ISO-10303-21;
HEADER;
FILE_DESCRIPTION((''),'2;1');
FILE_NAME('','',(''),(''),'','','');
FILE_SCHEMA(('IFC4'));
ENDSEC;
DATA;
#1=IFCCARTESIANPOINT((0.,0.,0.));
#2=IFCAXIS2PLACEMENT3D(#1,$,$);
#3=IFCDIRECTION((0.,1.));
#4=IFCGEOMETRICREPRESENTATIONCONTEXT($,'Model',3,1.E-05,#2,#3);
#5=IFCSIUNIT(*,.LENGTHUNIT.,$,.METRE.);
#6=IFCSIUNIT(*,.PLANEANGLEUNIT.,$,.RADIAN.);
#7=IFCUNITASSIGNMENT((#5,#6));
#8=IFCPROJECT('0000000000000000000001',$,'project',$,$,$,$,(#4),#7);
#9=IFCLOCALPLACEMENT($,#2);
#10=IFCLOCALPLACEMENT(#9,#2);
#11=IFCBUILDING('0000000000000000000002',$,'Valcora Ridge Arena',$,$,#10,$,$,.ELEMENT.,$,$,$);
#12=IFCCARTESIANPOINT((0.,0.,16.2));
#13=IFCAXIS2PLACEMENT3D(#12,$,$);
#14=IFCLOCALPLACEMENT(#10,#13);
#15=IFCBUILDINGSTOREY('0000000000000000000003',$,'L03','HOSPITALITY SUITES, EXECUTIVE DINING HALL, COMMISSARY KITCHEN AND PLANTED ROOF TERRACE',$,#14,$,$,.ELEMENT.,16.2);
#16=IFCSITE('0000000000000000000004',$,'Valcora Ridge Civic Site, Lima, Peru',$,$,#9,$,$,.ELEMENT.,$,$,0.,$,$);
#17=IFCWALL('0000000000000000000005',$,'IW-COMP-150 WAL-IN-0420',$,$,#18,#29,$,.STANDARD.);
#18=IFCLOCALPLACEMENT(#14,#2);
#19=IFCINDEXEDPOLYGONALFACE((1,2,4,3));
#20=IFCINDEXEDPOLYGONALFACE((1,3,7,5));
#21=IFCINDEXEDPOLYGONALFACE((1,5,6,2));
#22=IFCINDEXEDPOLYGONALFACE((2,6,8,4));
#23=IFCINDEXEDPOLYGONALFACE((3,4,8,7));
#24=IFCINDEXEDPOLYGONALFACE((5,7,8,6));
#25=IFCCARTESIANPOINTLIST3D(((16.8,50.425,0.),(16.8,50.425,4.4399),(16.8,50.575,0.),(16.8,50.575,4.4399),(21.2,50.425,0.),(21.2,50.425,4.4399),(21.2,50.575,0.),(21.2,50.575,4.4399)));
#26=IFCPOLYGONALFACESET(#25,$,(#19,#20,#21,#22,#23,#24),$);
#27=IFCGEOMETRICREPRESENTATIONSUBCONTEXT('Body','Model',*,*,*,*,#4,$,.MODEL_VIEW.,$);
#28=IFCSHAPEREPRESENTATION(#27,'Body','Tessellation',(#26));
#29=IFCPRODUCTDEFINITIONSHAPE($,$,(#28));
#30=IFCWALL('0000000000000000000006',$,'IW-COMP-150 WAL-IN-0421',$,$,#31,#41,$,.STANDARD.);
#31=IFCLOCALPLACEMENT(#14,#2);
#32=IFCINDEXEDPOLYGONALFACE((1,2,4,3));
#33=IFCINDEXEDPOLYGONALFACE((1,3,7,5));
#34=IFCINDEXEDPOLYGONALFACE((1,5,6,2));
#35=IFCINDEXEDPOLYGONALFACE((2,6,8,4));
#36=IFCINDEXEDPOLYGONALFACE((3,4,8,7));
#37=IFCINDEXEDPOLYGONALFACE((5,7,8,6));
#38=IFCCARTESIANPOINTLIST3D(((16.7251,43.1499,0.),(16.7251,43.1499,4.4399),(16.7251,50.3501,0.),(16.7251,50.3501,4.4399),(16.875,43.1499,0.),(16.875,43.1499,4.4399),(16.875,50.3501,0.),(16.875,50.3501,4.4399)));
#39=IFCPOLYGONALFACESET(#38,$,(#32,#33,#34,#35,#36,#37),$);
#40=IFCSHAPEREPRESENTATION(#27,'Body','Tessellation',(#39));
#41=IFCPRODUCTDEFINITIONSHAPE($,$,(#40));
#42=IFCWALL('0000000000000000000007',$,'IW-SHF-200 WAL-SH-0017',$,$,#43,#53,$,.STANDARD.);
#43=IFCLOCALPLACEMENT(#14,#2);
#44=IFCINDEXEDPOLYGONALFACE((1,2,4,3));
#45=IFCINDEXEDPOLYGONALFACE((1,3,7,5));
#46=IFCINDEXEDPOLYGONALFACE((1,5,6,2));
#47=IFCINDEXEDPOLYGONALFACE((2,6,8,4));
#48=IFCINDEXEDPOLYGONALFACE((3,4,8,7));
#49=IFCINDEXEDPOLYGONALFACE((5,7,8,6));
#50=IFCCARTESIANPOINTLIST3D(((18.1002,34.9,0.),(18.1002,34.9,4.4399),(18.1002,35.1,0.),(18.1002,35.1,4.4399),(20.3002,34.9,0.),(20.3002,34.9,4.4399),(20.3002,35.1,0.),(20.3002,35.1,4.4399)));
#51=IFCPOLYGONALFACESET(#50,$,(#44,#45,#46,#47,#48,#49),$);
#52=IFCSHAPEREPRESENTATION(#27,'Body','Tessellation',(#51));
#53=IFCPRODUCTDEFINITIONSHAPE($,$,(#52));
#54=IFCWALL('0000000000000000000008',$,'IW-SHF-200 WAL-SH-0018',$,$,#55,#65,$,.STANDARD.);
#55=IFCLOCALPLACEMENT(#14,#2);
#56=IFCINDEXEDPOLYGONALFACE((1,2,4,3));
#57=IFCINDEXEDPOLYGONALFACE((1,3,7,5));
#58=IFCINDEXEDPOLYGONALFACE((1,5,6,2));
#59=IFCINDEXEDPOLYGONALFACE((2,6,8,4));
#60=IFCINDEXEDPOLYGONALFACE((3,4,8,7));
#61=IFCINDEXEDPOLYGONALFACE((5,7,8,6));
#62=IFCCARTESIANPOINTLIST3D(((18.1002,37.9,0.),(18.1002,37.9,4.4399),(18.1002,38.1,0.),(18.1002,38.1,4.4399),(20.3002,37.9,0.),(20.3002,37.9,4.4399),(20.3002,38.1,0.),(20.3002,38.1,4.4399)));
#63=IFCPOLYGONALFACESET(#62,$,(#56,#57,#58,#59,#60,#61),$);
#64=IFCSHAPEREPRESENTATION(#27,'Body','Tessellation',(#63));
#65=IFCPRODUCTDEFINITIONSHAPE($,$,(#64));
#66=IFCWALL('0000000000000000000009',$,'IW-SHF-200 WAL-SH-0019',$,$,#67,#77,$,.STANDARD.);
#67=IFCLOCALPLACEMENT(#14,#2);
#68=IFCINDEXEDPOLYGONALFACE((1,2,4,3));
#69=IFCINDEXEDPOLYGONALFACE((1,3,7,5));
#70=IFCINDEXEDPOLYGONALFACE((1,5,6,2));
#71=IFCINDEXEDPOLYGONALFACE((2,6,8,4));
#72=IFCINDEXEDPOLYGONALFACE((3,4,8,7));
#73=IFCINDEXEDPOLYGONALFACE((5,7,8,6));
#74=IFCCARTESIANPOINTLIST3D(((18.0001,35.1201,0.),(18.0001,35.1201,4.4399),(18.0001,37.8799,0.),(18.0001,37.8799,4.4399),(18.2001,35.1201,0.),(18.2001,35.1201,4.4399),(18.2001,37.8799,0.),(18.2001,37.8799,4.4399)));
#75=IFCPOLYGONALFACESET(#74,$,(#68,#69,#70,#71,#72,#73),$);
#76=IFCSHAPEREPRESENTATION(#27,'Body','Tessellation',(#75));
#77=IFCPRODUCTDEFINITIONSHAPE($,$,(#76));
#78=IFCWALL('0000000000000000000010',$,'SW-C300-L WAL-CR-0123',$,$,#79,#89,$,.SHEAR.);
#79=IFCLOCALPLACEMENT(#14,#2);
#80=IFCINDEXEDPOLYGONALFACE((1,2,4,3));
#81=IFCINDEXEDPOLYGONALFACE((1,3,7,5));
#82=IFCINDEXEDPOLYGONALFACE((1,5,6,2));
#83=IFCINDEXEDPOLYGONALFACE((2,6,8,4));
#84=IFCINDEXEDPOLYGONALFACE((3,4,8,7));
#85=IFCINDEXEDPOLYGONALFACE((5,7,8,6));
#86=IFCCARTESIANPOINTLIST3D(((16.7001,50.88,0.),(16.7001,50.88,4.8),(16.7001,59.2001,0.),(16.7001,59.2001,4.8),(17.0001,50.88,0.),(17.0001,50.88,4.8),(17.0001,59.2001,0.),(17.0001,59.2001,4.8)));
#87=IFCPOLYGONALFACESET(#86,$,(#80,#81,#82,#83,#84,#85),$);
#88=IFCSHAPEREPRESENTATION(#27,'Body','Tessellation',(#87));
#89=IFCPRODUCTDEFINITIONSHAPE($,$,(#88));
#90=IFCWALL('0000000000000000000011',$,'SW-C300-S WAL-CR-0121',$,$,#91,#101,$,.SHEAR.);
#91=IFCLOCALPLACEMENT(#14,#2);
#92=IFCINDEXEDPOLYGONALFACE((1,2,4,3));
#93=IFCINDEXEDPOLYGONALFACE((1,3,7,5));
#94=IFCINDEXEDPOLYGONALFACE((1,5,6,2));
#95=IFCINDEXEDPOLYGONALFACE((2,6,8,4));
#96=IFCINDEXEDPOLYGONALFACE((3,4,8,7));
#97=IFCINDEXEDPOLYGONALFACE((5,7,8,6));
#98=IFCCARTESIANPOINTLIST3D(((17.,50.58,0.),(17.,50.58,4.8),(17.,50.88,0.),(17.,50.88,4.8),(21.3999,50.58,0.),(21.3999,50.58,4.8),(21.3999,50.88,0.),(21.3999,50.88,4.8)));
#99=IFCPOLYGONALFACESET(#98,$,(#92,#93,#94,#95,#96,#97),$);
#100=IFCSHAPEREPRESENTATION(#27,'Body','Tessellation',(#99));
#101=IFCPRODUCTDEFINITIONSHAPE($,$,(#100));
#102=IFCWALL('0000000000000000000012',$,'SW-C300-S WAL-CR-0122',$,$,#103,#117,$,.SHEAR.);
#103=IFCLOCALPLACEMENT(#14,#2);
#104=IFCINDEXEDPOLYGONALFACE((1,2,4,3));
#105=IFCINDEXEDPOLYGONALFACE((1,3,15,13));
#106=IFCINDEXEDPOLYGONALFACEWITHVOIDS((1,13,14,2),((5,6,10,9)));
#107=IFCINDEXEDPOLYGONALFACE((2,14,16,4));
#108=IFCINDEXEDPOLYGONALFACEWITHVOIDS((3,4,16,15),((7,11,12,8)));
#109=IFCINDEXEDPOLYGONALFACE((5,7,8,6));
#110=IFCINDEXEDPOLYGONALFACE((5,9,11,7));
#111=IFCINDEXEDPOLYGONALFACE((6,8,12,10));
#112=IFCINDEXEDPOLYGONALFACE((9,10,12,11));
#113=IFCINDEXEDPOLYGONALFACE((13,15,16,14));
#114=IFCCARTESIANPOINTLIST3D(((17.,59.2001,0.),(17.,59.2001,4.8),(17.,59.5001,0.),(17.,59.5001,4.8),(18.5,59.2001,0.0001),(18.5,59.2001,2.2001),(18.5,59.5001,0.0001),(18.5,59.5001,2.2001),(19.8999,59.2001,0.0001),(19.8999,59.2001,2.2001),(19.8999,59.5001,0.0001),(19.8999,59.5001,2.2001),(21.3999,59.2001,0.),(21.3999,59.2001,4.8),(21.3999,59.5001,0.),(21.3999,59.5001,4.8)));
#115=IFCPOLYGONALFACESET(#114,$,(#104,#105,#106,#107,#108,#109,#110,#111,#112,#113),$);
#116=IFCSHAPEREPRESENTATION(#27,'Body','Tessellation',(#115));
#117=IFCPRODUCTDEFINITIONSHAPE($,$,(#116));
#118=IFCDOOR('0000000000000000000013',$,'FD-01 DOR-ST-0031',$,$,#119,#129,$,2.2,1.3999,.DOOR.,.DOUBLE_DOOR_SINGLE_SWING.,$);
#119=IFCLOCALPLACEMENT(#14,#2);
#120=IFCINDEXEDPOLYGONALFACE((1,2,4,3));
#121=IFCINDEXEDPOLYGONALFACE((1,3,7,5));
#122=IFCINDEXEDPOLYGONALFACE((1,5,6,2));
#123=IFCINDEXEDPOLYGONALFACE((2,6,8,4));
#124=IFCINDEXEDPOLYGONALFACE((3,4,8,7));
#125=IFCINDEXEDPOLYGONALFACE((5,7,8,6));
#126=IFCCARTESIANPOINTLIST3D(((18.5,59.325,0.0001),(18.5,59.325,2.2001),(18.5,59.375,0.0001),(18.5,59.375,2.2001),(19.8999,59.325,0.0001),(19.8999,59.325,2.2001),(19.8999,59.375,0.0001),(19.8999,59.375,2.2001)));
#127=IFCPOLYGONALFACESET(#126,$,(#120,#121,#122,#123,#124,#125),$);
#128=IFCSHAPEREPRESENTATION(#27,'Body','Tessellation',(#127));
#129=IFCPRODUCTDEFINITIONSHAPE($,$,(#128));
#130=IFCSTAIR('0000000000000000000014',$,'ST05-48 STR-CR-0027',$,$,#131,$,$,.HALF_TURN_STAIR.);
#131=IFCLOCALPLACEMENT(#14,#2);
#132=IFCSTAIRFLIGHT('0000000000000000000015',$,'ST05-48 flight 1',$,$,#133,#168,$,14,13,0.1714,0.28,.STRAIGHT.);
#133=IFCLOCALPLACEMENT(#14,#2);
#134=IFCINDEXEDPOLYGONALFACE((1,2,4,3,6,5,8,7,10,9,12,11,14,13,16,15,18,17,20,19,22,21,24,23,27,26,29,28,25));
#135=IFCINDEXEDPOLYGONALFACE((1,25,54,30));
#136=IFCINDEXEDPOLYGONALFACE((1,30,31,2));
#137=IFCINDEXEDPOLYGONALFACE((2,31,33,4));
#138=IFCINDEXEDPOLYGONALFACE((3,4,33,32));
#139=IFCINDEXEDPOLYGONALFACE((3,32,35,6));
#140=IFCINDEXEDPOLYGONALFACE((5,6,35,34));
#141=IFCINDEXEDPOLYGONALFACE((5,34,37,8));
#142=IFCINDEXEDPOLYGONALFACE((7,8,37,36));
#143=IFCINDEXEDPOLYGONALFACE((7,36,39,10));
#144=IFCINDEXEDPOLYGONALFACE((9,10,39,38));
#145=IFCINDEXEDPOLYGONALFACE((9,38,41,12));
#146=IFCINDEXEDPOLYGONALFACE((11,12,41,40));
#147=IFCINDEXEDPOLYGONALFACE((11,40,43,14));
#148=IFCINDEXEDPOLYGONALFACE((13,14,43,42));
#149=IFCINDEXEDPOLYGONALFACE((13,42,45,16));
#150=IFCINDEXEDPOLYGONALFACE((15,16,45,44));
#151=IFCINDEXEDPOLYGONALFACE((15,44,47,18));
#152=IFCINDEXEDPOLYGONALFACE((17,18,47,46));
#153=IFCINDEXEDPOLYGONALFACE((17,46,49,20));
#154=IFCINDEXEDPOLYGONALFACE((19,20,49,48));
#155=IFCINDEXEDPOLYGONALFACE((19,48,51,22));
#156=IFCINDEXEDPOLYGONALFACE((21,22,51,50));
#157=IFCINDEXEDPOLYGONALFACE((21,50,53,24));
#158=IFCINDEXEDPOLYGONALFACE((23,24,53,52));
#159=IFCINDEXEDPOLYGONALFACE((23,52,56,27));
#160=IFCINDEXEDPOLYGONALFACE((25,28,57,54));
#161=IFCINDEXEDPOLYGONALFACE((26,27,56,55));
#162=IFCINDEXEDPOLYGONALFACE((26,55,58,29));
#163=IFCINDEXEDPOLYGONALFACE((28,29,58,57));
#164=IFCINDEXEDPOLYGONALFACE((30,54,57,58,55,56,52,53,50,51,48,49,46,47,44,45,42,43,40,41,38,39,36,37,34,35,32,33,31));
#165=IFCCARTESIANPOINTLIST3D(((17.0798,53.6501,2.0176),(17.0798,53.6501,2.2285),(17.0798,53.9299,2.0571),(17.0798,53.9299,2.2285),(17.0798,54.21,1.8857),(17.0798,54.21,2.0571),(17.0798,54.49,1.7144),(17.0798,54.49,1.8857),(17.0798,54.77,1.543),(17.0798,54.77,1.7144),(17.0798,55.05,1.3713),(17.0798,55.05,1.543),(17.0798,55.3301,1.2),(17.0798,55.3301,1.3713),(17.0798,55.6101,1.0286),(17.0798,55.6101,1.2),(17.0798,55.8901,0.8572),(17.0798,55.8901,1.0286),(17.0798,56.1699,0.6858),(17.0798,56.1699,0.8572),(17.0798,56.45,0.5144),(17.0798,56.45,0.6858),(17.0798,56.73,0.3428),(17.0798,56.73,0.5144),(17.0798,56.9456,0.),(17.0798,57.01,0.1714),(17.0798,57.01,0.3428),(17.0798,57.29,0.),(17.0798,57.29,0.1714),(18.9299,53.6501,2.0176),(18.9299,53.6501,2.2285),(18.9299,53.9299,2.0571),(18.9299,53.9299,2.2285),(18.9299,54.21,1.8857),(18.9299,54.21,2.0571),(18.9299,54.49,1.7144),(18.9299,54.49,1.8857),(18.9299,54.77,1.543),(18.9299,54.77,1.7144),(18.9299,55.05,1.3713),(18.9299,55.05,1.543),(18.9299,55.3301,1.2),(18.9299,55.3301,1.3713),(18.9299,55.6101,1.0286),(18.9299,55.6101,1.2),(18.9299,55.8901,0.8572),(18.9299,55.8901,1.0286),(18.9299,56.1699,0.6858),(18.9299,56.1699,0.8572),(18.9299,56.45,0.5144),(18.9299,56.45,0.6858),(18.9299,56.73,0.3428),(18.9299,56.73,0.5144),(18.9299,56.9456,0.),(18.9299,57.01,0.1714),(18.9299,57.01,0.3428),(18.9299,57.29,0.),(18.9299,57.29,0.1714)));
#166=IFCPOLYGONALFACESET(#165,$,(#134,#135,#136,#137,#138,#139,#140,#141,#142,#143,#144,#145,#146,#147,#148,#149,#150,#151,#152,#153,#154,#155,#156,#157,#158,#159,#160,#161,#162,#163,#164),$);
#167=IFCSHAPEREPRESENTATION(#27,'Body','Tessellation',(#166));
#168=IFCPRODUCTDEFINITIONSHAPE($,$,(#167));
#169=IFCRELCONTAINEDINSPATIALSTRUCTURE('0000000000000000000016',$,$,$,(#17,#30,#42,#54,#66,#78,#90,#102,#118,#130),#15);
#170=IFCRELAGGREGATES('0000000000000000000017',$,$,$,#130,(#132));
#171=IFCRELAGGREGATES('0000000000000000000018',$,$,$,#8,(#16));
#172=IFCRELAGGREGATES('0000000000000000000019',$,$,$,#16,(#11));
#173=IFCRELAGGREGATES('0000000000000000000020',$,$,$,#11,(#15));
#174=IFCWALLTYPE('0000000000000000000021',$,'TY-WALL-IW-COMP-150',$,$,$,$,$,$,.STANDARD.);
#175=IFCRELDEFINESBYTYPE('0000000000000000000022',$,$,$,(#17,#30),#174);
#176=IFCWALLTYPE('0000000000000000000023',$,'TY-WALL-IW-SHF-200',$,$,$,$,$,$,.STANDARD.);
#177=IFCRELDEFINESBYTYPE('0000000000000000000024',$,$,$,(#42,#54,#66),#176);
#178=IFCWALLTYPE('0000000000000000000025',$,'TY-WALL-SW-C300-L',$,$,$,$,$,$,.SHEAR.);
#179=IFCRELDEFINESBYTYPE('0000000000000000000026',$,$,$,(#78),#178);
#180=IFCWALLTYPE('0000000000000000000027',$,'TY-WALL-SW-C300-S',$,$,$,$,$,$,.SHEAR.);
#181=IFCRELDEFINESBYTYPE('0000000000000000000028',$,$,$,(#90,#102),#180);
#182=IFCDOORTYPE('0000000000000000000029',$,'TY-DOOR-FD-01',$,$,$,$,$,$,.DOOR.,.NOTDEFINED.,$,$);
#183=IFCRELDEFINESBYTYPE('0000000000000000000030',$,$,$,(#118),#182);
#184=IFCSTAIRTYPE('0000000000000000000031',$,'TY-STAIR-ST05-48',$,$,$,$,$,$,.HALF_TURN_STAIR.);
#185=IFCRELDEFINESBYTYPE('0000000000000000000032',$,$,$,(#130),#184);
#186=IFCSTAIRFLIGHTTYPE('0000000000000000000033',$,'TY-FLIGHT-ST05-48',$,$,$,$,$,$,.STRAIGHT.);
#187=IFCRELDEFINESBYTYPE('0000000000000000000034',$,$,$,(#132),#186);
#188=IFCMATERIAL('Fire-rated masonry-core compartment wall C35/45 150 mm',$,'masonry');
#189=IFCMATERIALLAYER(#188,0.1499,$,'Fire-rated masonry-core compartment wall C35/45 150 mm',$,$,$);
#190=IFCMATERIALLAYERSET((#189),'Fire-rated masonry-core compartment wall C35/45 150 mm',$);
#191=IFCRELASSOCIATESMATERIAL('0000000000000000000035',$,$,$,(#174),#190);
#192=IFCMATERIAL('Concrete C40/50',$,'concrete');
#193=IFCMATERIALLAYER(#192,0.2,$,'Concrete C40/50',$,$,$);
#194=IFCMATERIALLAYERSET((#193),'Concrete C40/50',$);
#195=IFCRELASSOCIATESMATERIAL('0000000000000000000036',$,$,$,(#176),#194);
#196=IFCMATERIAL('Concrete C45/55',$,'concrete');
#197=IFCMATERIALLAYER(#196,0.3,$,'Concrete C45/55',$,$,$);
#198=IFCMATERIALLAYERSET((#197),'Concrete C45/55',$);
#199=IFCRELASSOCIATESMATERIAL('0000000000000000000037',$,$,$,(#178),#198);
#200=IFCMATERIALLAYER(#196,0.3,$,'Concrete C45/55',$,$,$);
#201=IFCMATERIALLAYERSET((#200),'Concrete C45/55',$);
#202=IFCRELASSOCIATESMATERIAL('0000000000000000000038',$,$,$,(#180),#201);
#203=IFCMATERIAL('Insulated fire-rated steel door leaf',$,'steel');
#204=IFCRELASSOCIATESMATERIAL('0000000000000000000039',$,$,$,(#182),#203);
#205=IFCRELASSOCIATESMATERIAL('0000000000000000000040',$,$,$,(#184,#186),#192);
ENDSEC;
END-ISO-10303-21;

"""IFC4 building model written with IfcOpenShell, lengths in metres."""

from ifc_helpers import new_model, si_unit, direction, frame, frame_2d, origin, place, context, subcontext, project, spatial, polyline, rectangle, outline, extrude, material, layer, layer_set, type_object, element, fill, aggregate, save


model = new_model("IFC4")

# Units and contexts
model_context = context("Model", 3, precision=1e-05, world=origin(), true_north=direction((0.0, 1.0)))
body_context = subcontext(model_context, "Body", "Model", "MODEL_VIEW")
ifc_project = project(units=[si_unit("LENGTHUNIT", "METRE"), si_unit("PLANEANGLEUNIT", "RADIAN")], contexts=[model_context])

# Site, building, storey
site_placement = place(None, origin())
site = spatial("IfcSite", under=ifc_project, at=site_placement, Name="Valcora Ridge Civic Site, Lima, Peru", CompositionType="ELEMENT", RefElevation=0.0)
building_placement = place(site_placement, origin())
building = spatial("IfcBuilding", under=site, at=building_placement, Name="Valcora Ridge Arena", CompositionType="ELEMENT")
storey_placement = place(building_placement, frame((0.0, 0.0, 16.2)))
storey = spatial("IfcBuildingStorey", under=building, at=storey_placement, Name="L03", Description="HOSPITALITY SUITES, EXECUTIVE DINING HALL, COMMISSARY KITCHEN AND PLANTED ROOF TERRACE", CompositionType="ELEMENT", Elevation=16.2)

# Walls
ifc_material_1 = material(Name="Fire-rated masonry-core compartment wall C35/45 150 mm", Category="masonry")
ifc_layer_1 = layer(ifc_material_1, 0.1499, Name="Fire-rated masonry-core compartment wall C35/45 150 mm")
ifc_layer_set_1 = layer_set([ifc_layer_1], Name="Fire-rated masonry-core compartment wall C35/45 150 mm")
wall_type_1 = type_object("IfcWallType", Name="TY-WALL-IW-COMP-150", PredefinedType="STANDARD", material=ifc_layer_set_1)
for number, where, z_axis, x_axis, name in (
    (1, (16.8, 50.5, 0.0), (0.0, 0.0, 1.0), (1.0, 0.0, 0.0), "IW-COMP-150 WAL-IN-0420"),
):
    element("IfcWall", number, at=place(storey_placement, frame(where, z_axis=z_axis, x_axis=x_axis)), inside=storey, type_object=wall_type_1, Name=name, PredefinedType="STANDARD", context=body_context, shape_type="SweptSolid", body=[
        extrude(rectangle(XDim=4.3999, YDim=0.1499, at=frame_2d((2.2, 0.0))), origin(), (0.0, 0.0, 1.0), 4.4399),
    ])
wall_1_placement = place(storey_placement, frame((16.8, 43.1499, 0.0), z_axis=(0.0, 0.0, 1.0), x_axis=(0.0, 1.0, 0.0)))
element("IfcWall", 2, at=wall_1_placement, inside=storey, type_object=wall_type_1, Name="IW-COMP-150 WAL-IN-0421", PredefinedType="STANDARD", context=body_context, shape_type="SweptSolid", body=[
    extrude(rectangle(XDim=7.2002, YDim=0.1499, at=frame_2d((3.6001, 0.0))), origin(), (0.0, 0.0, 1.0), 4.4399),
])
ifc_material_2 = material(Name="Concrete C40/50", Category="concrete")
ifc_layer_2 = layer(ifc_material_2, 0.2, Name="Concrete C40/50")
ifc_layer_set_2 = layer_set([ifc_layer_2], Name="Concrete C40/50")
wall_type_2 = type_object("IfcWallType", Name="TY-WALL-IW-SHF-200", PredefinedType="STANDARD", material=ifc_layer_set_2)
for number, where, z_axis, x_axis, name in (
    (3, (18.1001, 35.0, 0.0), (0.0, 0.0, 1.0), (1.0, 0.0, 0.0), "IW-SHF-200 WAL-SH-0017"),
    (4, (18.1001, 38.0, 0.0), (0.0, 0.0, 1.0), (1.0, 0.0, 0.0), "IW-SHF-200 WAL-SH-0018"),
):
    element("IfcWall", number, at=place(storey_placement, frame(where, z_axis=z_axis, x_axis=x_axis)), inside=storey, type_object=wall_type_2, Name=name, PredefinedType="STANDARD", context=body_context, shape_type="SweptSolid", body=[
        extrude(rectangle(XDim=2.2, YDim=0.2, at=frame_2d((1.1001, 0.0))), origin(), (0.0, 0.0, 1.0), 4.4399),
    ])
wall_2_placement = place(storey_placement, frame((18.1001, 35.1201, 0.0), z_axis=(0.0, 0.0, 1.0), x_axis=(0.0, 1.0, 0.0)))
element("IfcWall", 5, at=wall_2_placement, inside=storey, type_object=wall_type_2, Name="IW-SHF-200 WAL-SH-0019", PredefinedType="STANDARD", context=body_context, shape_type="SweptSolid", body=[
    extrude(rectangle(XDim=2.7598, YDim=0.2, at=frame_2d((1.3799, 0.0))), origin(), (0.0, 0.0, 1.0), 4.4399),
])
ifc_material_3 = material(Name="Concrete C45/55", Category="concrete")
ifc_layer_3 = layer(ifc_material_3, 0.3, Name="Concrete C45/55")
ifc_layer_set_3 = layer_set([ifc_layer_3], Name="Concrete C45/55")
wall_type_3 = type_object("IfcWallType", Name="TY-WALL-SW-C300-L", PredefinedType="SHEAR", material=ifc_layer_set_3)
wall_3_placement = place(storey_placement, frame((16.8501, 50.8799, 0.0), z_axis=(0.0, 0.0, 1.0), x_axis=(0.0, 1.0, 0.0)))
element("IfcWall", 6, at=wall_3_placement, inside=storey, type_object=wall_type_3, Name="SW-C300-L WAL-CR-0123", PredefinedType="SHEAR", context=body_context, shape_type="SweptSolid", body=[
    extrude(rectangle(XDim=8.3201, YDim=0.3, at=frame_2d((4.1602, 0.0))), origin(), (0.0, 0.0, 1.0), 4.8),
])
ifc_layer_4 = layer(ifc_material_3, 0.3, Name="Concrete C45/55")
ifc_layer_set_4 = layer_set([ifc_layer_4], Name="Concrete C45/55")
wall_type_4 = type_object("IfcWallType", Name="TY-WALL-SW-C300-S", PredefinedType="SHEAR", material=ifc_layer_set_4)
wall_4_placement = place(storey_placement, frame((17.0, 50.73, 0.0), z_axis=(0.0, 0.0, 1.0), x_axis=(1.0, 0.0, 0.0)))
element("IfcWall", 7, at=wall_4_placement, inside=storey, type_object=wall_type_4, Name="SW-C300-S WAL-CR-0121", PredefinedType="SHEAR", context=body_context, shape_type="SweptSolid", body=[
    extrude(rectangle(XDim=4.3999, YDim=0.3, at=frame_2d((2.2, 0.0))), origin(), (0.0, 0.0, 1.0), 4.8),
])

# Wall, opening, door
wall_5_placement = place(storey_placement, frame((17.0, 59.3501, 0.0), z_axis=(0.0, 0.0, 1.0), x_axis=(1.0, 0.0, 0.0)))
wall_5 = element("IfcWall", 8, at=wall_5_placement, inside=storey, type_object=wall_type_4, Name="SW-C300-S WAL-CR-0122", PredefinedType="SHEAR", context=body_context, shape_type="SweptSolid", body=[
    extrude(rectangle(XDim=4.3999, YDim=0.3, at=frame_2d((2.2, 0.0))), origin(), (0.0, 0.0, 1.0), 4.8),
])
opening_1_placement = place(wall_5_placement, frame((1.5, 0.0, 0.0)))
opening_1 = element("IfcOpeningElement", 9, at=opening_1_placement, cuts=wall_5, PredefinedType="OPENING", context=body_context, shape_type="SweptSolid", body=[
    extrude(rectangle(XDim=1.3999, YDim=2.2, at=frame_2d((0.7, 1.1001))), frame((0.0, 0.1599, 0.0), z_axis=(0.0, -1.0, 0.0), x_axis=(1.0, 0.0, 0.0)), (0.0, 0.0, 1.0), 0.3201),
])
ifc_material_4 = material(Name="Insulated fire-rated steel door leaf", Category="steel")
door_type = type_object("IfcDoorType", Name="TY-DOOR-FD-01", OperationType="NOTDEFINED", PredefinedType="DOOR", material=ifc_material_4)
door_placement = place(opening_1_placement, origin())
door = element("IfcDoor", 10, at=door_placement, inside=storey, type_object=door_type, Name="FD-01 DOR-ST-0031", OperationType="DOUBLE_DOOR_SINGLE_SWING", OverallHeight=2.2, OverallWidth=1.3999, PredefinedType="DOOR", context=body_context, shape_type="SweptSolid", body=[
    extrude(rectangle(XDim=1.3999, YDim=2.2, at=frame_2d((0.7, 1.1001))), frame((0.0, 0.0249, 0.0), z_axis=(0.0, -1.0, 0.0), x_axis=(1.0, 0.0, 0.0)), (0.0, 0.0, 1.0), 0.05),
])
fill(opening_1, door)

# Stair, stair flight
stair_type = type_object("IfcStairType", Name="TY-STAIR-ST05-48", PredefinedType="HALF_TURN_STAIR", material=ifc_material_2)
stair_placement = place(storey_placement, origin())
stair = element("IfcStair", 11, at=stair_placement, inside=storey, type_object=stair_type, Name="ST05-48 STR-CR-0027", PredefinedType="HALF_TURN_STAIR")
stair_flight_type = type_object("IfcStairFlightType", Name="TY-FLIGHT-ST05-48", PredefinedType="STRAIGHT", material=ifc_material_2)
stair_flight_placement = place(storey_placement, frame((18.0049, 57.29, 0.0), z_axis=(0.0, 0.0, 1.0), x_axis=(0.0, -1.0, 0.0)))
stair_flight = element("IfcStairFlight", 12, at=stair_flight_placement, type_object=stair_flight_type, Name="ST05-48 flight 1", NumberOfRisers=14, NumberOfTreads=13, PredefinedType="STRAIGHT", RiserHeight=0.1714, TreadLength=0.28, context=body_context, shape_type="SweptSolid", body=[
    extrude(outline(polyline([(0.0, 0.0), (0.0, 0.1714), (0.28, 0.1714), (0.28, 0.3428), (0.5601, 0.3428), (0.5601, 0.5144), (0.8401, 0.5144), (0.8401, 0.6858), (1.1201, 0.6858), (1.1201, 0.8572), (1.3999, 0.8572), (1.3999, 1.0286), (1.6799, 1.0286), (1.6799, 1.2), (1.96, 1.2), (1.96, 1.3713), (2.24, 1.3713), (2.24, 1.543), (2.52, 1.543), (2.52, 1.7144), (2.8, 1.7144), (2.8, 1.8857), (3.0801, 1.8857), (3.0801, 2.0571), (3.3601, 2.0571), (3.3601, 2.2285), (3.6399, 2.2285), (3.6399, 2.3999), (3.6399, 2.0176), (0.3445, 0.0), (0.0, 0.0)])), frame((0.0, 0.925, 0.0), z_axis=(0.0, -1.0, 0.0), x_axis=(1.0, 0.0, 0.0)), (0.0, 0.0, 1.0), 1.8501),
])
aggregate(stair, [stair_flight])

save(model, "model.ifc")
